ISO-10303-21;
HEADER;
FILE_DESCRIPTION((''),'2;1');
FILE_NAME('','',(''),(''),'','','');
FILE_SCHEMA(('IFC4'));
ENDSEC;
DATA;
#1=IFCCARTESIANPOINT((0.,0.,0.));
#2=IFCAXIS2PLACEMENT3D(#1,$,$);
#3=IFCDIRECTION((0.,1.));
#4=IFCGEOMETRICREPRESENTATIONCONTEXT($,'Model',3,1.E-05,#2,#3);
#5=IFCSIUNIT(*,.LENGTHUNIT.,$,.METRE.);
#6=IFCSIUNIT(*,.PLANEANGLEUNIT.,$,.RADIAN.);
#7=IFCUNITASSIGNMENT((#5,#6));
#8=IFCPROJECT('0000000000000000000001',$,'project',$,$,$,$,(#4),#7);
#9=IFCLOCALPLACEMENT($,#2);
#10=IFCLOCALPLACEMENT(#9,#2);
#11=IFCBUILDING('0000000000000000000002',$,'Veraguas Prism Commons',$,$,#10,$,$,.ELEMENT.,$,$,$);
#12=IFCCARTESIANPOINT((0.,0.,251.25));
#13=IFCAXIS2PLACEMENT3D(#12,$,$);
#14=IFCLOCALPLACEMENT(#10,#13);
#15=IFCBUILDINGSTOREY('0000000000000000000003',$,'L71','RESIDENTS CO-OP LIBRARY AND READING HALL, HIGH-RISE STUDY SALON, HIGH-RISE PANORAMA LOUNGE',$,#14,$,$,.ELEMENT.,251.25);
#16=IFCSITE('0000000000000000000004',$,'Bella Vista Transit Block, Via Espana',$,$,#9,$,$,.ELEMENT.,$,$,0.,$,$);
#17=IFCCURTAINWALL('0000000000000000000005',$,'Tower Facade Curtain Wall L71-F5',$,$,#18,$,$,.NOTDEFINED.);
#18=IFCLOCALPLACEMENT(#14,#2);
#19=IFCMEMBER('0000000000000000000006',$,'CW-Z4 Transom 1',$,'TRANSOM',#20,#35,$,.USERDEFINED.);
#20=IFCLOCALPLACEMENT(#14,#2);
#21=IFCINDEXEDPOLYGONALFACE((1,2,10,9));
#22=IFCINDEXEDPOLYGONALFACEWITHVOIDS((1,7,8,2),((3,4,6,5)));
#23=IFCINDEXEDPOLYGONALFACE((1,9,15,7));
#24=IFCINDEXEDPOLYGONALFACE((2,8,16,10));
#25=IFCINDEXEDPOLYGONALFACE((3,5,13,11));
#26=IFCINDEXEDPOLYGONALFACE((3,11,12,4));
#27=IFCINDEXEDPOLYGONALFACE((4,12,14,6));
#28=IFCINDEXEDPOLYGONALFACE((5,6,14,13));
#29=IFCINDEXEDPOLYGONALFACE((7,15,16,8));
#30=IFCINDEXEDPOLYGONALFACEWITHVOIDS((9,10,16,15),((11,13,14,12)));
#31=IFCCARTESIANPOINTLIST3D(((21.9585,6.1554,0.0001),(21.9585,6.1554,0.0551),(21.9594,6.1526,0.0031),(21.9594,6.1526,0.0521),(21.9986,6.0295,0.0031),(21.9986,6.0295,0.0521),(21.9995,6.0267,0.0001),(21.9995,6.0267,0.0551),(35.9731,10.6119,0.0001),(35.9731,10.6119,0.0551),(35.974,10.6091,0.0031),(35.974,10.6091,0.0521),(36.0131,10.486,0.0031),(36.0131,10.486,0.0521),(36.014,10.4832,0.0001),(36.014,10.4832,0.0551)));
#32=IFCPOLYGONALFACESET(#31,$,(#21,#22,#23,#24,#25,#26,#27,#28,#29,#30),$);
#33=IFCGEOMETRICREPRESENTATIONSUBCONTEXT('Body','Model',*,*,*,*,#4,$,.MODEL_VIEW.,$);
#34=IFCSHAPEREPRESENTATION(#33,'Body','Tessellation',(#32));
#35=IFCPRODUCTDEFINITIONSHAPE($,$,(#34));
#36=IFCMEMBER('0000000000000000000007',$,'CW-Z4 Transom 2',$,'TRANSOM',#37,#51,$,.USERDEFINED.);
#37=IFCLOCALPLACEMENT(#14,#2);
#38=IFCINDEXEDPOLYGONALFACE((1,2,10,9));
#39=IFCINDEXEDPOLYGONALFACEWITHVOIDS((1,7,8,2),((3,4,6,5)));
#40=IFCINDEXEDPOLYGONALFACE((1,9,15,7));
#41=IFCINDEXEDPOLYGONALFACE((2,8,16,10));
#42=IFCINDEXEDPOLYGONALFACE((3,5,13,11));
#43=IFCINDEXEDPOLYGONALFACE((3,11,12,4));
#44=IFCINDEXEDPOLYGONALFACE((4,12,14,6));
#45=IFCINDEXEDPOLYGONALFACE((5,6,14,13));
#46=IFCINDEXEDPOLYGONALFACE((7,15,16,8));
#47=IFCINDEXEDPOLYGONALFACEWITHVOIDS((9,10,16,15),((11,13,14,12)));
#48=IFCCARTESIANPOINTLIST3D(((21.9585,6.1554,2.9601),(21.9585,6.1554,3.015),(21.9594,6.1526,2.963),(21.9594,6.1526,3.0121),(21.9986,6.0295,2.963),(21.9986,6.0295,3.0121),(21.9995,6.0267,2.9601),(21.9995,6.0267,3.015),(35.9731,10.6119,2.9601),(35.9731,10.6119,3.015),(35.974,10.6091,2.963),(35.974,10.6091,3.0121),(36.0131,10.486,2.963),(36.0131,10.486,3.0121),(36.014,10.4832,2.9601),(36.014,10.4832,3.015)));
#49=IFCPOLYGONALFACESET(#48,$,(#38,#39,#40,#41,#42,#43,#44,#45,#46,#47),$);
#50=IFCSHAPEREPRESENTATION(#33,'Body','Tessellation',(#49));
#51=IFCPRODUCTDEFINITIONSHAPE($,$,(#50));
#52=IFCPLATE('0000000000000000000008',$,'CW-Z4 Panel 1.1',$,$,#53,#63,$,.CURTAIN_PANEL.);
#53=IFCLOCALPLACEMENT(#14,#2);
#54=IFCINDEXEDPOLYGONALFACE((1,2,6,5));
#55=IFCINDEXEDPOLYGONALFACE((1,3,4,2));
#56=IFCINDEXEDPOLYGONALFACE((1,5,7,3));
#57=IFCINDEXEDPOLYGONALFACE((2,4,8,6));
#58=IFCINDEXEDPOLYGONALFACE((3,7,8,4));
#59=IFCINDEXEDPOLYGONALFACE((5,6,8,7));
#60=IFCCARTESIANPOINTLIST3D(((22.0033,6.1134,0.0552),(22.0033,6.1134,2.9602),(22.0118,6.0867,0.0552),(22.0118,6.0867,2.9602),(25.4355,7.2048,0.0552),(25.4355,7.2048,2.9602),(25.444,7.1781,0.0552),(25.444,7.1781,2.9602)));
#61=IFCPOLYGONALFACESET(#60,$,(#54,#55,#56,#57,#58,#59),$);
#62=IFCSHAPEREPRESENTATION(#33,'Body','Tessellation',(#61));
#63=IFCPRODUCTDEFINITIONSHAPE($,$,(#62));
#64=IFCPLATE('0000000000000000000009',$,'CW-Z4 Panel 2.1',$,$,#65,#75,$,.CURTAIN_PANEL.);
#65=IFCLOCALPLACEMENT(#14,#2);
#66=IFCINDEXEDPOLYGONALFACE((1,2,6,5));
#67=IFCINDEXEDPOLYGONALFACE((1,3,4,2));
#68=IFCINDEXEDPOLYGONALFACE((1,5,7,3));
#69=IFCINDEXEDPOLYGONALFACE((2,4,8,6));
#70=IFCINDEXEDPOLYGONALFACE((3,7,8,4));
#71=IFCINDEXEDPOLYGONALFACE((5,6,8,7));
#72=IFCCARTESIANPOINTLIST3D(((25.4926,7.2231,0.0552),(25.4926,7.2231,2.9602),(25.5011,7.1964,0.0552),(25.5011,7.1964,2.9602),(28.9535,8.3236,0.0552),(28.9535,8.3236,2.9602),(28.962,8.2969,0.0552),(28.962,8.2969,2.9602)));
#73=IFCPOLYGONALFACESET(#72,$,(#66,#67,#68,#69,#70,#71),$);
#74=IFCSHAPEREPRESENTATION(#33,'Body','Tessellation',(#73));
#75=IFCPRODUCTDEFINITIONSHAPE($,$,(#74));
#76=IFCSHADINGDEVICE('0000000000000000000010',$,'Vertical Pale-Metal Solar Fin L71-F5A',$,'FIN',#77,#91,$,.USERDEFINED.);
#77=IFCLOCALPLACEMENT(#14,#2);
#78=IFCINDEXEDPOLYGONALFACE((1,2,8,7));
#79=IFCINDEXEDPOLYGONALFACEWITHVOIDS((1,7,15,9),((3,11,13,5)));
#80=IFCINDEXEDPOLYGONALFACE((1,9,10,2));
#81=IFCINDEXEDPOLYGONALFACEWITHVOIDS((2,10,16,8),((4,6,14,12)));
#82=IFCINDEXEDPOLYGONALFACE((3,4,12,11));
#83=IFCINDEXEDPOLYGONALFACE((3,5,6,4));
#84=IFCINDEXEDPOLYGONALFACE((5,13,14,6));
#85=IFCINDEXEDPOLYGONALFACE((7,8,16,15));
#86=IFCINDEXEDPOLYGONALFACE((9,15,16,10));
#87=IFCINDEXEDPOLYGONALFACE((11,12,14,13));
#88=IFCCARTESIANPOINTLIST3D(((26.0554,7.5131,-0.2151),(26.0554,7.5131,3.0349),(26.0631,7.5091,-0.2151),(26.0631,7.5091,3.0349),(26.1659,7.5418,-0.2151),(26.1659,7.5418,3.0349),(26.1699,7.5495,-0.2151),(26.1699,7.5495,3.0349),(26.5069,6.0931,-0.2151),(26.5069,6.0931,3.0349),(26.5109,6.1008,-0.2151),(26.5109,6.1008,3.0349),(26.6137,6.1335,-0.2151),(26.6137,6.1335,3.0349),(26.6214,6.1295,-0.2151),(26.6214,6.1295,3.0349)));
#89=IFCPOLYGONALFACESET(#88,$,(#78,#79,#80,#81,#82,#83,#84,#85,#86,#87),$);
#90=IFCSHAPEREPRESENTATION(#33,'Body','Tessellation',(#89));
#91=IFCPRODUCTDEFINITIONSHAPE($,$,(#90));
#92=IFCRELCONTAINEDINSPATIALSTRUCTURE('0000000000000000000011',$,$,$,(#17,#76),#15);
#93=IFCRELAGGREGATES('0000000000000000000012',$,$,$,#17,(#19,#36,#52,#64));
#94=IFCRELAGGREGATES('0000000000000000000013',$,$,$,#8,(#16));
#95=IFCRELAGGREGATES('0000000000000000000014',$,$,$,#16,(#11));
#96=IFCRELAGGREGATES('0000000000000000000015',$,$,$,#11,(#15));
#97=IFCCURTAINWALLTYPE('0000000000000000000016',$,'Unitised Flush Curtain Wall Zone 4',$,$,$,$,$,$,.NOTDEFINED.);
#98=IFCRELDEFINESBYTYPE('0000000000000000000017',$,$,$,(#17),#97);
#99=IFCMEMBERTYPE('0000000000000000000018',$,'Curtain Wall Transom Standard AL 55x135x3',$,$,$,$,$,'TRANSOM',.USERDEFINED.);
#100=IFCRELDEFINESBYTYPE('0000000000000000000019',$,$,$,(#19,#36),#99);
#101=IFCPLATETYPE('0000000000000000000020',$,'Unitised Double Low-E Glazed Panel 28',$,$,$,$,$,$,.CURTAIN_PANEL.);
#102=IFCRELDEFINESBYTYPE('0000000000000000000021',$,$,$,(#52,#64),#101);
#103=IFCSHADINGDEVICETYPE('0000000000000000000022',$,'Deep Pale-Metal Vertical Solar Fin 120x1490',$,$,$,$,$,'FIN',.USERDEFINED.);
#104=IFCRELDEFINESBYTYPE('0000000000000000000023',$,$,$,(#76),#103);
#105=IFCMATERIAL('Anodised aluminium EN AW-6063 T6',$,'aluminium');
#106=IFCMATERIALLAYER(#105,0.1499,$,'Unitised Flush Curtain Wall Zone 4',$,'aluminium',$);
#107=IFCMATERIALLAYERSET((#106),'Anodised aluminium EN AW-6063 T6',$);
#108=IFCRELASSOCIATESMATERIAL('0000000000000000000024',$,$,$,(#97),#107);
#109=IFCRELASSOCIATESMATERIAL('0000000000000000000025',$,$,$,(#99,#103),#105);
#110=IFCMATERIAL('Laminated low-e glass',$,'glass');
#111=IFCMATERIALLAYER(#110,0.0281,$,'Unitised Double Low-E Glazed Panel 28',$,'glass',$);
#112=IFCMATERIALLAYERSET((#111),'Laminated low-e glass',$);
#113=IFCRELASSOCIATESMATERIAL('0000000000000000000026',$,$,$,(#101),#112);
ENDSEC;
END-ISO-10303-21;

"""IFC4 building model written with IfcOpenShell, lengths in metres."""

from ifc_helpers import new_model, si_unit, direction, frame, origin, origin_2d, place, context, subcontext, project, spatial, rectangle, hollow_rectangle, extrude, source, transform, mapped, material, layer, layer_set, material_profile, profile_set, type_object, element, aggregate, save


model = new_model("IFC4")

# Units and contexts
model_context = context("Model", 3, precision=1e-05, world=origin(), true_north=direction((0.0, 1.0)))
body_context = subcontext(model_context, "Body", "Model", "MODEL_VIEW")
ifc_project = project(units=[si_unit("LENGTHUNIT", "METRE"), si_unit("PLANEANGLEUNIT", "RADIAN")], contexts=[model_context])

# Site, building, storey
site_placement = place(None, origin())
site = spatial("IfcSite", under=ifc_project, at=site_placement, Name="Bella Vista Transit Block, Via Espana", CompositionType="ELEMENT", RefElevation=0.0)
building_placement = place(site_placement, origin())
building = spatial("IfcBuilding", under=site, at=building_placement, Name="Veraguas Prism Commons", CompositionType="ELEMENT")
storey_placement = place(building_placement, frame((0.0, 0.0, 251.25)))
storey = spatial("IfcBuildingStorey", under=building, at=storey_placement, Name="L71", Description="RESIDENTS CO-OP LIBRARY AND READING HALL, HIGH-RISE STUDY SALON, HIGH-RISE PANORAMA LOUNGE", CompositionType="ELEMENT", Elevation=251.25)

# Curtain wall
ifc_material_1 = material(Name="Anodised aluminium EN AW-6063 T6", Category="aluminium")
ifc_layer_1 = layer(ifc_material_1, 0.1499, Name="Unitised Flush Curtain Wall Zone 4", Category="aluminium")
ifc_layer_set_1 = layer_set([ifc_layer_1], Name="Anodised aluminium EN AW-6063 T6")
curtain_wall_type = type_object("IfcCurtainWallType", Name="Unitised Flush Curtain Wall Zone 4", PredefinedType="NOTDEFINED", material=ifc_layer_set_1)
curtain_wall_1_placement = place(storey_placement, origin())
curtain_wall_1 = element("IfcCurtainWall", 1, at=curtain_wall_1_placement, inside=storey, type_object=curtain_wall_type, Name="Tower Facade Curtain Wall L71-F5", PredefinedType="NOTDEFINED")

# Members
ifc_material_profile_1 = material_profile(ifc_material_1, hollow_rectangle(XDim=0.0549, YDim=0.135, WallThickness=0.0029, at=origin_2d()), Name="AL55X135X3")
ifc_profile_set_1 = profile_set([ifc_material_profile_1], Name="Anodised aluminium EN AW-6063 T6")
member_type_1 = type_object("IfcMemberType", Name="Curtain Wall Transom Standard AL 55x135x3", ElementType="TRANSOM", PredefinedType="USERDEFINED", material=ifc_profile_set_1)
shared_shape_1 = source(origin(), body_context, "Body", "SweptSolid", [
    extrude(hollow_rectangle(XDim=0.0549, YDim=0.135, WallThickness=0.0029, at=origin_2d()), origin(), (0.0, 0.0, 1.0), 14.7061),
])
member_1_placement = place(storey_placement, frame((21.979, 6.0911, 0.0276), z_axis=(0.952978, 0.303039, 0.0), x_axis=(0.0, 0.0, 1.0)))
member_1 = element("IfcMember", 2, at=member_1_placement, type_object=member_type_1, Name="CW-Z4 Transom 1", ObjectType="TRANSOM", PredefinedType="USERDEFINED", context=body_context, shape_type="MappedRepresentation", body=[
    mapped(shared_shape_1, transform((0.0, 0.0, 0.0), scale=1.0)),
])
member_2_placement = place(storey_placement, frame((21.979, 6.0911, 2.9875), z_axis=(0.952978, 0.303039, 0.0), x_axis=(0.0, 0.0, 1.0)))
member_2 = element("IfcMember", 3, at=member_2_placement, type_object=member_type_1, Name="CW-Z4 Transom 2", ObjectType="TRANSOM", PredefinedType="USERDEFINED", context=body_context, shape_type="MappedRepresentation", body=[
    mapped(shared_shape_1, transform((0.0, 0.0, 0.0), scale=1.0)),
])

# Plates
ifc_material_2 = material(Name="Laminated low-e glass", Category="glass")
ifc_layer_2 = layer(ifc_material_2, 0.0281, Name="Unitised Double Low-E Glazed Panel 28", Category="glass")
ifc_layer_set_2 = layer_set([ifc_layer_2], Name="Laminated low-e glass")
plate_type = type_object("IfcPlateType", Name="Unitised Double Low-E Glazed Panel 28", PredefinedType="CURTAIN_PANEL", material=ifc_layer_set_2)
shared_shape_2 = source(origin(), body_context, "Body", "SweptSolid", [
    extrude(rectangle(XDim=3.6016, YDim=0.0281, at=origin_2d()), origin(), (0.0, 0.0, 1.0), 2.905),
])
plate_1_placement = place(storey_placement, frame((23.7236, 6.6458, 0.0552), z_axis=(0.0, 0.0, 1.0), x_axis=(0.95298, 0.303034, 0.0)))
plate_1 = element("IfcPlate", 4, at=plate_1_placement, type_object=plate_type, Name="CW-Z4 Panel 1.1", PredefinedType="CURTAIN_PANEL", context=body_context, shape_type="MappedRepresentation", body=[
    mapped(shared_shape_2, transform((0.0, 0.0, 0.0), scale=1.0)),
])
shared_shape_3 = source(origin(), body_context, "Body", "SweptSolid", [
    extrude(rectangle(XDim=3.6316, YDim=0.0281, at=origin_2d()), origin(), (0.0, 0.0, 1.0), 2.905),
])
plate_2_placement = place(storey_placement, frame((27.2273, 7.76, 0.0552), z_axis=(0.0, 0.0, 1.0), x_axis=(0.95298, 0.303034, 0.0)))
plate_2 = element("IfcPlate", 5, at=plate_2_placement, type_object=plate_type, Name="CW-Z4 Panel 2.1", PredefinedType="CURTAIN_PANEL", context=body_context, shape_type="MappedRepresentation", body=[
    mapped(shared_shape_3, transform((0.0, 0.0, 0.0), scale=1.0)),
])
aggregate(curtain_wall_1, [member_1, member_2, plate_1, plate_2])

# Shading device
ifc_material_profile_2 = material_profile(ifc_material_1, hollow_rectangle(XDim=0.1201, YDim=1.49, WallThickness=0.0061, at=origin_2d()), Name="FIN120X1490X6")
ifc_profile_set_2 = profile_set([ifc_material_profile_2], Name="Anodised aluminium EN AW-6063 T6")
shading_device_type = type_object("IfcShadingDeviceType", Name="Deep Pale-Metal Vertical Solar Fin 120x1490", ElementType="FIN", PredefinedType="USERDEFINED", material=ifc_profile_set_2)
shading_device_placement = place(storey_placement, frame((26.3384, 6.8213, -0.2151), z_axis=(0.0, 0.0, 1.0), x_axis=(0.952979, 0.303035, 0.0)))
element("IfcShadingDevice", 6, at=shading_device_placement, inside=storey, type_object=shading_device_type, Name="Vertical Pale-Metal Solar Fin L71-F5A", ObjectType="FIN", PredefinedType="USERDEFINED", context=body_context, shape_type="SweptSolid", body=[
    extrude(hollow_rectangle(XDim=0.1201, YDim=1.49, WallThickness=0.0061, at=origin_2d()), origin(), (0.0, 0.0, 1.0), 3.25),
])

save(model, "model.ifc")
